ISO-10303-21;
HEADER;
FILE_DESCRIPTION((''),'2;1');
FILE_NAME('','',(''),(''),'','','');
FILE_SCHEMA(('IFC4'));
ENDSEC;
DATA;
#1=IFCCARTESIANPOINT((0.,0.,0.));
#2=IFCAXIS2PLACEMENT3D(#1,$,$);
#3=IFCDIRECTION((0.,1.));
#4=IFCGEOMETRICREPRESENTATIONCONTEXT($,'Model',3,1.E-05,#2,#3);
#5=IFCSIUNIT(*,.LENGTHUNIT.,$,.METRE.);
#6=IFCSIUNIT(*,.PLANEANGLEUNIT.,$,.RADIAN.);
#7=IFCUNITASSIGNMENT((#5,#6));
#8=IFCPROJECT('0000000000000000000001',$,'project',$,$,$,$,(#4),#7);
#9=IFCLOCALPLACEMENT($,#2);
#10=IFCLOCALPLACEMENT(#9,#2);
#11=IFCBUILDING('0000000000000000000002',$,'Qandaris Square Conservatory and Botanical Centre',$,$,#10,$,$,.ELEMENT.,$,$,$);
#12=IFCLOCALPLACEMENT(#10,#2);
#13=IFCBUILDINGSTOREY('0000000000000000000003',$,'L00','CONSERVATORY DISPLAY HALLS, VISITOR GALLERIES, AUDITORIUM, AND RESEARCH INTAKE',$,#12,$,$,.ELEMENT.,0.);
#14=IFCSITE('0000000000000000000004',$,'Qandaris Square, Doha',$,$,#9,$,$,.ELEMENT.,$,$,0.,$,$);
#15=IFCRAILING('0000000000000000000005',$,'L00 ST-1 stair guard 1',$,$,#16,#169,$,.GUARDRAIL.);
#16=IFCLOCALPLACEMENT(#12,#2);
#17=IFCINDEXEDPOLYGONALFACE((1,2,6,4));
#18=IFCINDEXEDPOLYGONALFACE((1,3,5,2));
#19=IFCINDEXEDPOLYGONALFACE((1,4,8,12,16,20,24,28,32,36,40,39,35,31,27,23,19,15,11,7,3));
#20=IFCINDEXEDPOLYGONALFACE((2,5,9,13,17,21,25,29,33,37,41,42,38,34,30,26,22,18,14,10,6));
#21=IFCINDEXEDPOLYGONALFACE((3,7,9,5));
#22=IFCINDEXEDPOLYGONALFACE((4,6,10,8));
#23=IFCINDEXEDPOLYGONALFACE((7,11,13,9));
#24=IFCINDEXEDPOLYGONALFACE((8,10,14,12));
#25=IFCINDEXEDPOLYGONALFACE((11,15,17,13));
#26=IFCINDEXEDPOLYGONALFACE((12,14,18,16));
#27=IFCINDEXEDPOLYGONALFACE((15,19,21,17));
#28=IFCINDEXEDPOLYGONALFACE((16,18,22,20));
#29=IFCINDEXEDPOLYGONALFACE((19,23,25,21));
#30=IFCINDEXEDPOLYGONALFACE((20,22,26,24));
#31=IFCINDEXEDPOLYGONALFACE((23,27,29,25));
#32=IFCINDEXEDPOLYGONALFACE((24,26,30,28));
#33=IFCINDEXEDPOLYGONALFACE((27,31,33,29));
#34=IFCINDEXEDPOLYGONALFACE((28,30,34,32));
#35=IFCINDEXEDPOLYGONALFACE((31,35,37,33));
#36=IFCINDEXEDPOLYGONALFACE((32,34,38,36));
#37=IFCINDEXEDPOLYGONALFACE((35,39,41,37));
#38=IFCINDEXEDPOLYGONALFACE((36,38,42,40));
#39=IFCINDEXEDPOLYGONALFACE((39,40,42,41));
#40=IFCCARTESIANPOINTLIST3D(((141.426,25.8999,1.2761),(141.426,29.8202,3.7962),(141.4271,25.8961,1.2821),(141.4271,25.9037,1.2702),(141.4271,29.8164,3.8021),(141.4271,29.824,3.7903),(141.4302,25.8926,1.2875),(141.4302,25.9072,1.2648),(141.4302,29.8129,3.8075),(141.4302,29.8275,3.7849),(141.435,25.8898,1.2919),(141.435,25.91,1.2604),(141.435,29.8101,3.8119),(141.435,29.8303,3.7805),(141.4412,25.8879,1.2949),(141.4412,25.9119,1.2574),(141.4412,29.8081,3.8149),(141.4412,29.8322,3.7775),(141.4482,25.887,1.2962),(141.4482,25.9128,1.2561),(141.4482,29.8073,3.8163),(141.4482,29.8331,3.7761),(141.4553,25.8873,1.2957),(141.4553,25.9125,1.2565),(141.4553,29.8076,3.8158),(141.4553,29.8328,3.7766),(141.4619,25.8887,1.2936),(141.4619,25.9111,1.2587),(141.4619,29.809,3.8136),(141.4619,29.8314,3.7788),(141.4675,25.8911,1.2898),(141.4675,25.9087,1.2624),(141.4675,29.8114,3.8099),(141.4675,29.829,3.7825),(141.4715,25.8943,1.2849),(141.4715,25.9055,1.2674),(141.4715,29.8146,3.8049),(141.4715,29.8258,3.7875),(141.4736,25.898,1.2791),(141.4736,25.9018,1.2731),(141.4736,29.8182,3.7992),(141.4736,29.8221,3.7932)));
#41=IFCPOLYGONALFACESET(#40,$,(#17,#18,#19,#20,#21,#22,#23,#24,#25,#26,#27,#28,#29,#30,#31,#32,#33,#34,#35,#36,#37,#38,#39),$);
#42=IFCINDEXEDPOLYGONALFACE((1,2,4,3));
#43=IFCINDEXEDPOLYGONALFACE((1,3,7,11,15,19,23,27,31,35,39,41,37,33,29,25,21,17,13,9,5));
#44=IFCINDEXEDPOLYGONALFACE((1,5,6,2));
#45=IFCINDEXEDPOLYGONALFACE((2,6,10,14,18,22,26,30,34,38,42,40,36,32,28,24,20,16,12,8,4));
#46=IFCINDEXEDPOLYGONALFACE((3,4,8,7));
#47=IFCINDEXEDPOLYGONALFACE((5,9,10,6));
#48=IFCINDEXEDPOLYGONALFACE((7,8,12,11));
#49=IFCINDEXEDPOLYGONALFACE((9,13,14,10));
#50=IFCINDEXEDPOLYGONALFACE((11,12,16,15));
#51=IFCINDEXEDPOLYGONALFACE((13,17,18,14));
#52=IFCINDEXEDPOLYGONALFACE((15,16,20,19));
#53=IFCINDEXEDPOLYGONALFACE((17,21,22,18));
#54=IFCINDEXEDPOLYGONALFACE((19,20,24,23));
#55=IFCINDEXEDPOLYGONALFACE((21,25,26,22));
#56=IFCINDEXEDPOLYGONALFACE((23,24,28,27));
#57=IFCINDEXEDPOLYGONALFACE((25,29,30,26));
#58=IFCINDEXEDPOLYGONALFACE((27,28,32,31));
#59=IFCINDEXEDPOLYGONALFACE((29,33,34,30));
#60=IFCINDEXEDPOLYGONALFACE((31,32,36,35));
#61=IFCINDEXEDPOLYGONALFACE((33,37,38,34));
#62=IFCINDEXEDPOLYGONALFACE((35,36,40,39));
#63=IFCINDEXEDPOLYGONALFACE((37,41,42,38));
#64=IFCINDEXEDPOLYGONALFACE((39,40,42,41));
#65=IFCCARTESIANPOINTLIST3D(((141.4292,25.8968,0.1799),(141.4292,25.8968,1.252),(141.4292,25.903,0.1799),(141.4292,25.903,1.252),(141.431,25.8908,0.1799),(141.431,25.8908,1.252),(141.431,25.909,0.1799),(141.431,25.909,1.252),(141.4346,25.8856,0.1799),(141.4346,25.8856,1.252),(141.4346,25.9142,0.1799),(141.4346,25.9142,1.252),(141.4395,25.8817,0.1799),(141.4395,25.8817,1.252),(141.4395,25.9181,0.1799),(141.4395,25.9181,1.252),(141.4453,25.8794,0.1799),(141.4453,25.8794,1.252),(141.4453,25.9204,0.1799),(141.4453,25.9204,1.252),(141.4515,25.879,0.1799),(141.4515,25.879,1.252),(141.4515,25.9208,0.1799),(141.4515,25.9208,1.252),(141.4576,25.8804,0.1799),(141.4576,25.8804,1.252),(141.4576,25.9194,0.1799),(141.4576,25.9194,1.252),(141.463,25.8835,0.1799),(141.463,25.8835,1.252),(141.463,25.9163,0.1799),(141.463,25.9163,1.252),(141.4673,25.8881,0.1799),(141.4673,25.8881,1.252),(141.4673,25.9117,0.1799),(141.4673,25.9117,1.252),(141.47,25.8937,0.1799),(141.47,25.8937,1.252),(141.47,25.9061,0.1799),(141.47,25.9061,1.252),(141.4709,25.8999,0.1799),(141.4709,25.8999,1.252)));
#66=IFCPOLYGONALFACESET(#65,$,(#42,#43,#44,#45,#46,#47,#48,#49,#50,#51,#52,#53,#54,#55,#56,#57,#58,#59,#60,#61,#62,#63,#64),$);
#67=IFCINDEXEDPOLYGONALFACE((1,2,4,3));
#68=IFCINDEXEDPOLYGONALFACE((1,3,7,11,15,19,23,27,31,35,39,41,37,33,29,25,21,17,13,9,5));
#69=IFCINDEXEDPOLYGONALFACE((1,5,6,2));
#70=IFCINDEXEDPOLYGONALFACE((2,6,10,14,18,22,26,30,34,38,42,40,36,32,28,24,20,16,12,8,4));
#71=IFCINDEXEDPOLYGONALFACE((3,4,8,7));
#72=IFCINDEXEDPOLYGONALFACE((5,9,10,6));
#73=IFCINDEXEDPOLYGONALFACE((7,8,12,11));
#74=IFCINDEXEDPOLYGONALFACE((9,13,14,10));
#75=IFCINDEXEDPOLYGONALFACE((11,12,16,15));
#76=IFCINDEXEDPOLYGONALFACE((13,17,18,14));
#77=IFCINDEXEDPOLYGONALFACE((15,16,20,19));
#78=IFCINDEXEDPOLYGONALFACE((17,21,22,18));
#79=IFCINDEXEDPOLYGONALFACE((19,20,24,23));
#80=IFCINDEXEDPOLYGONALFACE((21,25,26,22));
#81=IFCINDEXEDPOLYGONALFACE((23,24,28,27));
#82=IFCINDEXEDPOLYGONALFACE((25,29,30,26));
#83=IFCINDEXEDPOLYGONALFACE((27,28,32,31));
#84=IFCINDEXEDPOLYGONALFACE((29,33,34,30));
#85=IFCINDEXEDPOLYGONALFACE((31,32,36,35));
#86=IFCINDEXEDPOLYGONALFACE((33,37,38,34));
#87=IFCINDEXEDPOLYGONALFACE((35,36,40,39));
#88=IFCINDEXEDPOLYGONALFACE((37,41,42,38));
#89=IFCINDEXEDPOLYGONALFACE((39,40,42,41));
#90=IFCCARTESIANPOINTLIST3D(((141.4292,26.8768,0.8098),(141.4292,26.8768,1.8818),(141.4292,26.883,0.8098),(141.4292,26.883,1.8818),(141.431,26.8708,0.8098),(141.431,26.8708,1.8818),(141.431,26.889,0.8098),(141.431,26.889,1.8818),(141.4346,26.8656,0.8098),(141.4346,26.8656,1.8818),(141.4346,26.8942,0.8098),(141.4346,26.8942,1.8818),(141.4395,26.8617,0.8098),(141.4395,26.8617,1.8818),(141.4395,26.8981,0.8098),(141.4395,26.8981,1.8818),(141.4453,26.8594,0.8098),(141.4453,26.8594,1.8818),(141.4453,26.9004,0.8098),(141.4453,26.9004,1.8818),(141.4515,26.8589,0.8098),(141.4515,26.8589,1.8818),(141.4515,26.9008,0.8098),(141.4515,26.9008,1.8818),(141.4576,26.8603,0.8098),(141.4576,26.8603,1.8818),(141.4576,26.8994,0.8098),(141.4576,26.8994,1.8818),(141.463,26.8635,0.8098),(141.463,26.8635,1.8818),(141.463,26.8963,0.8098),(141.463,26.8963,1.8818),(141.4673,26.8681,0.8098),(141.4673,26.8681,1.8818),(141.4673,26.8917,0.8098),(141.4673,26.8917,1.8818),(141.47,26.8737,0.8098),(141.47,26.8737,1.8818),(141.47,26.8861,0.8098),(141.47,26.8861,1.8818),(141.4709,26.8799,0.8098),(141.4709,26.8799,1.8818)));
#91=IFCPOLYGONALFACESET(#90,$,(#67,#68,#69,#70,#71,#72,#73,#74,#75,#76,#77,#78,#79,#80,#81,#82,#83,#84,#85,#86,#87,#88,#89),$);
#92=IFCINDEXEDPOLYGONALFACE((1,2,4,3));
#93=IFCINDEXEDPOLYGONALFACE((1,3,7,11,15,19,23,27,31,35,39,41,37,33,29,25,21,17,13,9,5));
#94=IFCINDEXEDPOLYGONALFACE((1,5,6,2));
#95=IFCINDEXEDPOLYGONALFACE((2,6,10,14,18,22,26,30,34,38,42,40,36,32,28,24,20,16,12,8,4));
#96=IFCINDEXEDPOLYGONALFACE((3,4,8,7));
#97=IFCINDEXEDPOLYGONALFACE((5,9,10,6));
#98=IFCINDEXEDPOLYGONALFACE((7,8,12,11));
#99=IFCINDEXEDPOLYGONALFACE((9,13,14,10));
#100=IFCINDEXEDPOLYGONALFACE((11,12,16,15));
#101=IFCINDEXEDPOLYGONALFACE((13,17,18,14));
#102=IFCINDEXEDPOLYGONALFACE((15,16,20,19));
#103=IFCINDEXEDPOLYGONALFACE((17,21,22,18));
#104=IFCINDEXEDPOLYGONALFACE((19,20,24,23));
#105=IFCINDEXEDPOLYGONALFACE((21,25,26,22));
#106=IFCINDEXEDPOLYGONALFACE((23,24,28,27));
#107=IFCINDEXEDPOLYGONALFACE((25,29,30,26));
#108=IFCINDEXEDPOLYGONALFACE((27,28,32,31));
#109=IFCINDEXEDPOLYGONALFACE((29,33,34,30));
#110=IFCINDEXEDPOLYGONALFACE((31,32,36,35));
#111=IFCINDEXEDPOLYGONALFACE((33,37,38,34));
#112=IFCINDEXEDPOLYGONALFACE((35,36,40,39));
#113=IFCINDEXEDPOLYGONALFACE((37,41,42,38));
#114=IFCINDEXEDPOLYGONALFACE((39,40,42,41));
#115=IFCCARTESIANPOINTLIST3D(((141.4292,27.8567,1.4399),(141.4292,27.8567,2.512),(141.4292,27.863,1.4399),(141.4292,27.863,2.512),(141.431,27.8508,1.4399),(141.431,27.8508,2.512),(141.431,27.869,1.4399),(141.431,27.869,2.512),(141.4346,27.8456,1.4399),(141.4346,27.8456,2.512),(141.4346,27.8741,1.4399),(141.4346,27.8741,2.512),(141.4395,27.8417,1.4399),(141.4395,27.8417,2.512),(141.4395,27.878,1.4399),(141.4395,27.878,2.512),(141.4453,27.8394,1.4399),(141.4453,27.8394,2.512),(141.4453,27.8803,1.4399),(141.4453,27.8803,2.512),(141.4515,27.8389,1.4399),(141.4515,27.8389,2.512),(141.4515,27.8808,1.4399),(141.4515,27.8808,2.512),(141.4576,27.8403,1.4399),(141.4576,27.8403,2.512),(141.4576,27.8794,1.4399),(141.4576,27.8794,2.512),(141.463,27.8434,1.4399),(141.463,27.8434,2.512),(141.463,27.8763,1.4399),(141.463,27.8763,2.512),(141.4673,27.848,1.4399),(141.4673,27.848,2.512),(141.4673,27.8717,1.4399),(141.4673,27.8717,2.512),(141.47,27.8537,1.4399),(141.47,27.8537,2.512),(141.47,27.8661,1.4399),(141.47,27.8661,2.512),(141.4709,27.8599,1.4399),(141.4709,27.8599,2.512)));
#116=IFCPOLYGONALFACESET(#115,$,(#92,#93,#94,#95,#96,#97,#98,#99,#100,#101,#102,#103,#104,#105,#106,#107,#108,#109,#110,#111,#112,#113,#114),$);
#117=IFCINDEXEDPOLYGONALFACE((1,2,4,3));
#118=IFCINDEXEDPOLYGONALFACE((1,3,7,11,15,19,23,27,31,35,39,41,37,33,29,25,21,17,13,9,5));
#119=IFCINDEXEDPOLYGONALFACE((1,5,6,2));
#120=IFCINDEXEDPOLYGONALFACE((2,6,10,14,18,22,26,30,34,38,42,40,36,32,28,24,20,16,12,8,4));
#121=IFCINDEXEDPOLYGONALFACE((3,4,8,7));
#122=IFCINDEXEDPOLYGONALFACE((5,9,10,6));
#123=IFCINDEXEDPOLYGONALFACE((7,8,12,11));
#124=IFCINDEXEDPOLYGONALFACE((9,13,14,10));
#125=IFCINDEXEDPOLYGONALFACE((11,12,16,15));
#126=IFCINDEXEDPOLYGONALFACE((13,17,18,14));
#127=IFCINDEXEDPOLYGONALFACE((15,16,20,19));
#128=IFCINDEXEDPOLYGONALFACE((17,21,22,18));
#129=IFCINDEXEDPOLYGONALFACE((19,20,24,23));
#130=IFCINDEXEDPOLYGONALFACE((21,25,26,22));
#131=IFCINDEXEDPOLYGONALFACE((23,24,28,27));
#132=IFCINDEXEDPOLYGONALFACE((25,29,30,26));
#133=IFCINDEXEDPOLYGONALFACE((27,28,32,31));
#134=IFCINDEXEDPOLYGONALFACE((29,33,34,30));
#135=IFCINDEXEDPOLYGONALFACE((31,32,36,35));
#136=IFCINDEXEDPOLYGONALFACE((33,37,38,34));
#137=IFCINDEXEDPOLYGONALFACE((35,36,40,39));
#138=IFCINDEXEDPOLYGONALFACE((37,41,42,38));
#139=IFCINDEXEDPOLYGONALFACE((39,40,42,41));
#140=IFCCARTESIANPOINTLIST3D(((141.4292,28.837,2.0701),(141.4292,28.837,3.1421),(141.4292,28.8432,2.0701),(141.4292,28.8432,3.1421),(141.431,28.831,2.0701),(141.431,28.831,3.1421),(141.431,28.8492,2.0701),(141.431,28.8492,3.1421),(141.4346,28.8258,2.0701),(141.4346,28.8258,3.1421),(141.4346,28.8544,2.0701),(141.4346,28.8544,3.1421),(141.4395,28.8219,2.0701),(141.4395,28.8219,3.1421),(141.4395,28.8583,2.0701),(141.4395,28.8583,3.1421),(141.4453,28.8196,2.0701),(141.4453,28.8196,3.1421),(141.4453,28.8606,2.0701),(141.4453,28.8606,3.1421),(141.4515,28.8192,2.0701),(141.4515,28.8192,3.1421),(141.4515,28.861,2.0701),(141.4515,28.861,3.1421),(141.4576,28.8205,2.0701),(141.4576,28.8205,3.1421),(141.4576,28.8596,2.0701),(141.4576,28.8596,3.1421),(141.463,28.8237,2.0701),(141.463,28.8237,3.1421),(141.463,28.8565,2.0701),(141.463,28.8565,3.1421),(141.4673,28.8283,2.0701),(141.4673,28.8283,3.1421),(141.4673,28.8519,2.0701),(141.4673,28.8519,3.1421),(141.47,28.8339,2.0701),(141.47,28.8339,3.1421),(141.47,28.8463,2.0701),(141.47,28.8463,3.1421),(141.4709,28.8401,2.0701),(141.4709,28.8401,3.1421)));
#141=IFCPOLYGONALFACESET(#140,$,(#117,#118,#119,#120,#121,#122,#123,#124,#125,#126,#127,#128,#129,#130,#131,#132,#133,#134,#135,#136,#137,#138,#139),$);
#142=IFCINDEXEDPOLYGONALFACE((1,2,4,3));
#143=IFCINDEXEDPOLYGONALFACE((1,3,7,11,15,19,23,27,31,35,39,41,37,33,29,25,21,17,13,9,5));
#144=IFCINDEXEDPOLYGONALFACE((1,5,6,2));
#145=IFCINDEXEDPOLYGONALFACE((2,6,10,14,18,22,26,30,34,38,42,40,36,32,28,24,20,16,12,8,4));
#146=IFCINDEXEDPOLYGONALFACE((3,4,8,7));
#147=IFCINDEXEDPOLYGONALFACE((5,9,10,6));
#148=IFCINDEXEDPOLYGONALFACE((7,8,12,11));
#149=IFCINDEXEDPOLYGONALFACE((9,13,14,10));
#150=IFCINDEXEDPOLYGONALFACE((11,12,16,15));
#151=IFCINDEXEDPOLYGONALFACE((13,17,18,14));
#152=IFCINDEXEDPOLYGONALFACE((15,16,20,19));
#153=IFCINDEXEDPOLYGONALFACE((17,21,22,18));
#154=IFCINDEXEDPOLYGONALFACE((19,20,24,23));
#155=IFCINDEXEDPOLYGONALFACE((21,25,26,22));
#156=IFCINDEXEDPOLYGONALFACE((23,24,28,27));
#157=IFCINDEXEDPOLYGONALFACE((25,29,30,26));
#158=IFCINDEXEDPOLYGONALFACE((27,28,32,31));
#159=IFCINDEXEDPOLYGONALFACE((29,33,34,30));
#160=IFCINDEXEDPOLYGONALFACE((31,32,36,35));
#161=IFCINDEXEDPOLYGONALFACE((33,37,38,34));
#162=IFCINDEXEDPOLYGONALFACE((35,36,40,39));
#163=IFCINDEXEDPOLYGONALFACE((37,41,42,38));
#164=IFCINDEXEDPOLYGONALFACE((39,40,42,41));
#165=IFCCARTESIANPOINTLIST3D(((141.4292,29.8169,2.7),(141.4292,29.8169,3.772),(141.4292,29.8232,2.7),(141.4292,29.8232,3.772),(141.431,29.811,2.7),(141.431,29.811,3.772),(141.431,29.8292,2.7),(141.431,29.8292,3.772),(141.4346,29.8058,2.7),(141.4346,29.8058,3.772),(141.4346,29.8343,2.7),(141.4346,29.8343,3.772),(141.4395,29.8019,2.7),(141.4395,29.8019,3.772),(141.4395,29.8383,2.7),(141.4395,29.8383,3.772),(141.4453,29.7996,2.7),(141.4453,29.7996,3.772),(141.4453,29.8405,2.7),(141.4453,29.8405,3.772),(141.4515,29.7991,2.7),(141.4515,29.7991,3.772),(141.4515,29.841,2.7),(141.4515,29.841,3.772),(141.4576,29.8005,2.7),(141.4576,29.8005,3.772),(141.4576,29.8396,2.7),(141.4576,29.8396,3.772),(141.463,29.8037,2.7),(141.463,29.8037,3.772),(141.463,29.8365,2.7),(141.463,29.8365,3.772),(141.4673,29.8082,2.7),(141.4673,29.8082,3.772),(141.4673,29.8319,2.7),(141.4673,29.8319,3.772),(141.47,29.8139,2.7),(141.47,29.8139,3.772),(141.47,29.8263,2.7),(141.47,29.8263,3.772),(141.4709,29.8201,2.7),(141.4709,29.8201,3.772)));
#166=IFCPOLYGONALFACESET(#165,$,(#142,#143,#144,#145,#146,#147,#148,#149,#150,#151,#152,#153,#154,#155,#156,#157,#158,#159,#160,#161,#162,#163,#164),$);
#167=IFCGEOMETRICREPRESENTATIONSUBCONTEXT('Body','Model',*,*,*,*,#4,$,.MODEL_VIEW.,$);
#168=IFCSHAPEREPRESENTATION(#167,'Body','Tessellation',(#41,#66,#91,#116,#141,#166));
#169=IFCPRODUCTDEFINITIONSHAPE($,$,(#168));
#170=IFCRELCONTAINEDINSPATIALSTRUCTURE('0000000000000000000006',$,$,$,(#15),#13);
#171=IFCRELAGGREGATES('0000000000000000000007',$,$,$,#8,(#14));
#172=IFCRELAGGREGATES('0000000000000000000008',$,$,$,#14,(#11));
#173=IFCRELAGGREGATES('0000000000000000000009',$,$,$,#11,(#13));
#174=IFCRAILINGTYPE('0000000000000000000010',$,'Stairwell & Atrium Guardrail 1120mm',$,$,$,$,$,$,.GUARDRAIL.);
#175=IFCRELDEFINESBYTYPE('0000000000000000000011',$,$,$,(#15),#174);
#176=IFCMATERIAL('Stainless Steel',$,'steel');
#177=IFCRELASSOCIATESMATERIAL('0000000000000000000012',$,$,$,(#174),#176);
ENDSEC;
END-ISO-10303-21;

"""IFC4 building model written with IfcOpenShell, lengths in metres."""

from ifc_helpers import new_model, si_unit, direction, frame, origin, origin_2d, place, context, subcontext, project, spatial, circle, extrude, material, type_object, element, save


model = new_model("IFC4")

# Units and contexts
model_context = context("Model", 3, precision=1e-05, world=origin(), true_north=direction((0.0, 1.0)))
body_context = subcontext(model_context, "Body", "Model", "MODEL_VIEW")
ifc_project = project(units=[si_unit("LENGTHUNIT", "METRE"), si_unit("PLANEANGLEUNIT", "RADIAN")], contexts=[model_context])

# Site, building, storey
site_placement = place(None, origin())
site = spatial("IfcSite", under=ifc_project, at=site_placement, Name="Qandaris Square, Doha", CompositionType="ELEMENT", RefElevation=0.0)
building_placement = place(site_placement, origin())
building = spatial("IfcBuilding", under=site, at=building_placement, Name="Qandaris Square Conservatory and Botanical Centre", CompositionType="ELEMENT")
storey_placement = place(building_placement, origin())
storey = spatial("IfcBuildingStorey", under=building, at=storey_placement, Name="L00", Description="CONSERVATORY DISPLAY HALLS, VISITOR GALLERIES, AUDITORIUM, AND RESEARCH INTAKE", CompositionType="ELEMENT", Elevation=0.0)

# Railing
ifc_material_1 = material(Name="Stainless Steel", Category="steel")
railing_type_1 = type_object("IfcRailingType", Name="Stairwell & Atrium Guardrail 1120mm", PredefinedType="GUARDRAIL", material=ifc_material_1)
railing_1_placement = place(storey_placement, frame((141.45, 25.8999, 0.1799)))
element("IfcRailing", 1, at=railing_1_placement, inside=storey, type_object=railing_type_1, Name="L00 ST-1 stair guard 1", PredefinedType="GUARDRAIL", context=body_context, shape_type="SweptSolid", body=[
    extrude(circle(Radius=0.0239, at=origin_2d()), frame((0.0, 0.0, 1.0962), z_axis=(0.0, 0.841187, 0.540744), x_axis=(-1.0, 0.0, 0.0)), (0.0, 0.0, 1.0), 4.6604),
    extrude(circle(Radius=0.021, at=origin_2d()), origin(), (0.0, 0.0, 1.0), 1.072),
    extrude(circle(Radius=0.021, at=origin_2d()), frame((0.0, 0.98, 0.6299)), (0.0, 0.0, 1.0), 1.072),
    extrude(circle(Radius=0.021, at=origin_2d()), frame((0.0, 1.96, 1.26)), (0.0, 0.0, 1.0), 1.072),
    extrude(circle(Radius=0.021, at=origin_2d()), frame((0.0, 2.9402, 1.8901)), (0.0, 0.0, 1.0), 1.072),
    extrude(circle(Radius=0.021, at=origin_2d()), frame((0.0, 3.9202, 2.52)), (0.0, 0.0, 1.0), 1.072),
])

save(model, "model.ifc")
